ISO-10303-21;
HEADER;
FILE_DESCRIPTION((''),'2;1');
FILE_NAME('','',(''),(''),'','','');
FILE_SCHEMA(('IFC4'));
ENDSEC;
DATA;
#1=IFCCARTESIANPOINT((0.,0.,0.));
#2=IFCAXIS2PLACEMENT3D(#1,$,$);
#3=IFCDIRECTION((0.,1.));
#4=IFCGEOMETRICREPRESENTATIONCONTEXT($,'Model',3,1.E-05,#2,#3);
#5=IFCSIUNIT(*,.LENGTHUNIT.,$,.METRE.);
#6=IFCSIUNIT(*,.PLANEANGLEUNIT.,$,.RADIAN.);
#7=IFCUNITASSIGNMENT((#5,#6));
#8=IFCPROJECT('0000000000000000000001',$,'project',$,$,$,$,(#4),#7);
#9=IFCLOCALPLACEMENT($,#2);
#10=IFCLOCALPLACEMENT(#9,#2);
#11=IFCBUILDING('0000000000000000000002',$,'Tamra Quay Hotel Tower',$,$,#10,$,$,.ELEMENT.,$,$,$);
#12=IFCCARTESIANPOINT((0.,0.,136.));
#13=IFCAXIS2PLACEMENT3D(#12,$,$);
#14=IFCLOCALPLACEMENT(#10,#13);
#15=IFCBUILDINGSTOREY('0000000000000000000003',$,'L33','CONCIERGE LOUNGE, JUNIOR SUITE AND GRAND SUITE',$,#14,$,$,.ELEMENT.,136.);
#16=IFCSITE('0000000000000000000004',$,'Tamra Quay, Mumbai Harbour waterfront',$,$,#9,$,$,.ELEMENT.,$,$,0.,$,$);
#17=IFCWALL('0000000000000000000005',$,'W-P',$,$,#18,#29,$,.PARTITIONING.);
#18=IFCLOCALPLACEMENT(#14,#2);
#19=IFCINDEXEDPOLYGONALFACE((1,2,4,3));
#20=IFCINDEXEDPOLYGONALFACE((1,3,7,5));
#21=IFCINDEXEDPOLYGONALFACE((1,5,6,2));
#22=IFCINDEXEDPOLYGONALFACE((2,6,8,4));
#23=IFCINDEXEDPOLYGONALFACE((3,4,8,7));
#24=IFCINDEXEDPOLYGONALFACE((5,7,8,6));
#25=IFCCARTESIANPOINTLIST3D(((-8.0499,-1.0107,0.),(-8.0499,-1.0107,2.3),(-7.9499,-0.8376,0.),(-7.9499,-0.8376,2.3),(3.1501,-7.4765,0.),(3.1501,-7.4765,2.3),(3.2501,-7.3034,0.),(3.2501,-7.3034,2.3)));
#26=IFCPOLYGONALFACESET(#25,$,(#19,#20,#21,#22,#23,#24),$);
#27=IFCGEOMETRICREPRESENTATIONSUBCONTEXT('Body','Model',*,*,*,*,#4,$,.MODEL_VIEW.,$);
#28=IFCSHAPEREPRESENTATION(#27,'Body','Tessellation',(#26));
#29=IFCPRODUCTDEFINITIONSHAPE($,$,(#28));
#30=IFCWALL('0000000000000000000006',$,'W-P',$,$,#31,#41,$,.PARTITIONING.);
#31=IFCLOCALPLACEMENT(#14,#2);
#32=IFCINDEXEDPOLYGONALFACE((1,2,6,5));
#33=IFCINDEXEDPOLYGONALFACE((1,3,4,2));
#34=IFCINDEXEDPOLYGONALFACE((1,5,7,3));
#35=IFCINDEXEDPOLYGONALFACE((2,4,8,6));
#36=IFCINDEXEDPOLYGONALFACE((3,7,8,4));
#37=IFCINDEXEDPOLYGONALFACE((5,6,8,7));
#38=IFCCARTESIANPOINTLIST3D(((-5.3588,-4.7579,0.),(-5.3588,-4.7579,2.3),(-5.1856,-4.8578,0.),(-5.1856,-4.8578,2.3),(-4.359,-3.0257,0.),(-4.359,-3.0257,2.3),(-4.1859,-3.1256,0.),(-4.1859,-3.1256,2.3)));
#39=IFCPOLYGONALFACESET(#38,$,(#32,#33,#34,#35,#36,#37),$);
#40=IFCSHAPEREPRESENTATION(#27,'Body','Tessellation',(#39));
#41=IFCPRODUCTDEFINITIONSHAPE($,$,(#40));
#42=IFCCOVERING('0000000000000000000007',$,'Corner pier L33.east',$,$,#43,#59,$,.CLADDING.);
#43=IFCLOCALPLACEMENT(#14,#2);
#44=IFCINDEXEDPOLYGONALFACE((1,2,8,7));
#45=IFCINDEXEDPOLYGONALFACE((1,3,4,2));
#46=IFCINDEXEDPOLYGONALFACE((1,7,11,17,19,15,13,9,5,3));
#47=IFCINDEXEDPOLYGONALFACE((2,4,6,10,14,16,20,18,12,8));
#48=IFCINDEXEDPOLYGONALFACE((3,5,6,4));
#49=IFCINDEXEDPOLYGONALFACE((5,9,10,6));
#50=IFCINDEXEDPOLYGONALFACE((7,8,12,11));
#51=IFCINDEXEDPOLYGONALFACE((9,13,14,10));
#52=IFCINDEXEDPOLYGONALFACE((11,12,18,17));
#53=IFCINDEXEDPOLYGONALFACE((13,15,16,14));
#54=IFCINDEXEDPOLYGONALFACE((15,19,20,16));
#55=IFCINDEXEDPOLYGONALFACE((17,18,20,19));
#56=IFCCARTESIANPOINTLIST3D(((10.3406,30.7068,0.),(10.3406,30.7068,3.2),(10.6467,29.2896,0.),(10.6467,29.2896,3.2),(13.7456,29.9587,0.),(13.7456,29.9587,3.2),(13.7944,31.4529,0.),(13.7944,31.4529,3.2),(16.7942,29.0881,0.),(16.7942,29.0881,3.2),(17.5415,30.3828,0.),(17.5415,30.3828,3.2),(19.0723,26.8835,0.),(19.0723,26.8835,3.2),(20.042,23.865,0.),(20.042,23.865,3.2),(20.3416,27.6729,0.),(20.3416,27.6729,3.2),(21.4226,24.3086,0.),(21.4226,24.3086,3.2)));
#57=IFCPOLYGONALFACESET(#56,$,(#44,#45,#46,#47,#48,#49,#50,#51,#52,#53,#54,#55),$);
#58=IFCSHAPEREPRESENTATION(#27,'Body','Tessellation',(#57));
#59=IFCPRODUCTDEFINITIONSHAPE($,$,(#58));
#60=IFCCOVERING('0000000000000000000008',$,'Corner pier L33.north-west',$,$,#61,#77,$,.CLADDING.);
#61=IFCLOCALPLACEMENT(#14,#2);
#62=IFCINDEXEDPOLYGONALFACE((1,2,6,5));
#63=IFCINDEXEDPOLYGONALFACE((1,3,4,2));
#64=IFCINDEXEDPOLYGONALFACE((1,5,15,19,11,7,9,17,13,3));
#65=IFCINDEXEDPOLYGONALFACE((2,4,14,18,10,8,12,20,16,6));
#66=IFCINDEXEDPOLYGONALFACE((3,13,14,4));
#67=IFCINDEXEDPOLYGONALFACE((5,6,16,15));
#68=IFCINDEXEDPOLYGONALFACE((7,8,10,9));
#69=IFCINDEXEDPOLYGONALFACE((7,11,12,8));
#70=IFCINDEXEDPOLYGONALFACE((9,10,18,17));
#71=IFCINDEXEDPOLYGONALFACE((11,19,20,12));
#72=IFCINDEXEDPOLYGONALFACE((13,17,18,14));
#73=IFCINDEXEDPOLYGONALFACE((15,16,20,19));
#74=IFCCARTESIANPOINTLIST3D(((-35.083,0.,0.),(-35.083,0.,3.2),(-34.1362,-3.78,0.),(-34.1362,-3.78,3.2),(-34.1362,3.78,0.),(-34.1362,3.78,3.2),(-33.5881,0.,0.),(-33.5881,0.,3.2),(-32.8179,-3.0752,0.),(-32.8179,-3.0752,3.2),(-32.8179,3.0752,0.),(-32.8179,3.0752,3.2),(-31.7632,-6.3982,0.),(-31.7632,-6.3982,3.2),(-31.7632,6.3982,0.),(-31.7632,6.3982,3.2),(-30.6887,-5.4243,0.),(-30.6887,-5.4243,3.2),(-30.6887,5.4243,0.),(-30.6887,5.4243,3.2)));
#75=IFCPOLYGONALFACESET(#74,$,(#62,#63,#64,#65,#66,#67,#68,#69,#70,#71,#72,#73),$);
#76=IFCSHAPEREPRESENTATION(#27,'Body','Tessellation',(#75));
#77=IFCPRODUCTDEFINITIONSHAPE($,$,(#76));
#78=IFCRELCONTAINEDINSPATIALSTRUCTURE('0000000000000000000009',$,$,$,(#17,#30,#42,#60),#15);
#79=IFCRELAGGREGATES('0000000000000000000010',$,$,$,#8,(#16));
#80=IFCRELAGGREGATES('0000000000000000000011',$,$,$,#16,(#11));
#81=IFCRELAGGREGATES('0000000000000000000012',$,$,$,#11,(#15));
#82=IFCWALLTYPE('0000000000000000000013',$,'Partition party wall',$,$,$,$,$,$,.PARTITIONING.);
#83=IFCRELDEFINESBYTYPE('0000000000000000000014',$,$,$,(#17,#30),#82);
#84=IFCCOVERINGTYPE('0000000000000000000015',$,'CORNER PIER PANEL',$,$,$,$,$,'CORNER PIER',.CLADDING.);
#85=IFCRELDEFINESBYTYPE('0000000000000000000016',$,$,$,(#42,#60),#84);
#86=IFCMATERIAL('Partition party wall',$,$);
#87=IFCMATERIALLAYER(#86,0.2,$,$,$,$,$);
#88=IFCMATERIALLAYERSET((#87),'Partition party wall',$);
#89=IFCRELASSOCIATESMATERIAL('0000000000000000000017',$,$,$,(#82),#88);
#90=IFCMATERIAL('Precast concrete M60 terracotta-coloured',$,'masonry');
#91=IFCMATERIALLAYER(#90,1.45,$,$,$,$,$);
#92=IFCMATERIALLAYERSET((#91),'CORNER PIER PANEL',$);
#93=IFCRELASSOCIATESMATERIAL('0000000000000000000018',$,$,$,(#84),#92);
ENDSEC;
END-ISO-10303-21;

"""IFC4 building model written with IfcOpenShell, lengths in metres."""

from ifc_helpers import new_model, si_unit, direction, frame, frame_2d, origin, place, context, subcontext, project, spatial, polyline, rectangle, outline, extrude, material, layer, layer_set, type_object, element, save


model = new_model("IFC4")

# Units and contexts
model_context = context("Model", 3, precision=1e-05, world=origin(), true_north=direction((0.0, 1.0)))
body_context = subcontext(model_context, "Body", "Model", "MODEL_VIEW")
ifc_project = project(units=[si_unit("LENGTHUNIT", "METRE"), si_unit("PLANEANGLEUNIT", "RADIAN")], contexts=[model_context])

# Site, building, storey
site_placement = place(None, origin())
site = spatial("IfcSite", under=ifc_project, at=site_placement, Name="Tamra Quay, Mumbai Harbour waterfront", CompositionType="ELEMENT", RefElevation=0.0)
building_placement = place(site_placement, origin())
building = spatial("IfcBuilding", under=site, at=building_placement, Name="Tamra Quay Hotel Tower", CompositionType="ELEMENT")
storey_placement = place(building_placement, frame((0.0, 0.0, 136.0)))
storey = spatial("IfcBuildingStorey", under=building, at=storey_placement, Name="L33", Description="CONCIERGE LOUNGE, JUNIOR SUITE AND GRAND SUITE", CompositionType="ELEMENT", Elevation=136.0)

# Walls
ifc_material_1 = material(Name="Partition party wall")
ifc_layer_1 = layer(ifc_material_1, 0.2)
ifc_layer_set_1 = layer_set([ifc_layer_1], Name="Partition party wall")
wall_type_1 = type_object("IfcWallType", Name="Partition party wall", PredefinedType="PARTITIONING", material=ifc_layer_set_1)
wall_1_placement = place(storey_placement, frame((-8.0, -0.9241, 0.0), z_axis=(0.0, 0.0, 1.0), x_axis=(0.866041, -0.499972, 0.0)))
element("IfcWall", 1, at=wall_1_placement, inside=storey, type_object=wall_type_1, Name="W-P", PredefinedType="PARTITIONING", context=body_context, shape_type="SweptSolid", body=[
    extrude(rectangle(XDim=12.9324, YDim=0.2, at=frame_2d((6.4663, 0.0))), origin(), (0.0, 0.0, 1.0), 2.3),
])
wall_2_placement = place(storey_placement, frame((-5.2722, -4.8079, 0.0), z_axis=(0.0, 0.0, 1.0), x_axis=(0.499881, 0.866094, 0.0)))
element("IfcWall", 2, at=wall_2_placement, inside=storey, type_object=wall_type_1, Name="W-P", PredefinedType="PARTITIONING", context=body_context, shape_type="SweptSolid", body=[
    extrude(rectangle(XDim=2.0, YDim=0.2, at=frame_2d((1.0, 0.0))), origin(), (0.0, 0.0, 1.0), 2.3),
])

# Coverings
ifc_material_2 = material(Name="Precast concrete M60 terracotta-coloured", Category="masonry")
ifc_layer_2 = layer(ifc_material_2, 1.45)
ifc_layer_set_2 = layer_set([ifc_layer_2], Name="CORNER PIER PANEL")
covering_type = type_object("IfcCoveringType", Name="CORNER PIER PANEL", ElementType="CORNER PIER", PredefinedType="CLADDING", material=ifc_layer_set_2)
covering_1_placement = place(storey_placement, origin())
element("IfcCovering", 3, at=covering_1_placement, inside=storey, type_object=covering_type, Name="Corner pier L33.east", PredefinedType="CLADDING", context=body_context, shape_type="SweptSolid", body=[
    extrude(outline(polyline([(20.042, 23.865), (21.4226, 24.3086), (20.3416, 27.6729), (17.5415, 30.3828), (13.7944, 31.4529), (10.3406, 30.7068), (10.6467, 29.2896), (13.7456, 29.9587), (16.7942, 29.0881), (19.0723, 26.8835), (20.042, 23.865)])), origin(), (0.0, 0.0, 1.0), 3.2),
])
covering_2_placement = place(storey_placement, origin())
element("IfcCovering", 4, at=covering_2_placement, inside=storey, type_object=covering_type, Name="Corner pier L33.north-west", PredefinedType="CLADDING", context=body_context, shape_type="SweptSolid", body=[
    extrude(outline(polyline([(-30.6887, 5.4243), (-31.7632, 6.3982), (-34.1362, 3.78), (-35.083, 0.0), (-34.1362, -3.78), (-31.7632, -6.3982), (-30.6887, -5.4243), (-32.8179, -3.0752), (-33.5881, 0.0), (-32.8179, 3.0752), (-30.6887, 5.4243)])), origin(), (0.0, 0.0, 1.0), 3.2),
])

save(model, "model.ifc")
